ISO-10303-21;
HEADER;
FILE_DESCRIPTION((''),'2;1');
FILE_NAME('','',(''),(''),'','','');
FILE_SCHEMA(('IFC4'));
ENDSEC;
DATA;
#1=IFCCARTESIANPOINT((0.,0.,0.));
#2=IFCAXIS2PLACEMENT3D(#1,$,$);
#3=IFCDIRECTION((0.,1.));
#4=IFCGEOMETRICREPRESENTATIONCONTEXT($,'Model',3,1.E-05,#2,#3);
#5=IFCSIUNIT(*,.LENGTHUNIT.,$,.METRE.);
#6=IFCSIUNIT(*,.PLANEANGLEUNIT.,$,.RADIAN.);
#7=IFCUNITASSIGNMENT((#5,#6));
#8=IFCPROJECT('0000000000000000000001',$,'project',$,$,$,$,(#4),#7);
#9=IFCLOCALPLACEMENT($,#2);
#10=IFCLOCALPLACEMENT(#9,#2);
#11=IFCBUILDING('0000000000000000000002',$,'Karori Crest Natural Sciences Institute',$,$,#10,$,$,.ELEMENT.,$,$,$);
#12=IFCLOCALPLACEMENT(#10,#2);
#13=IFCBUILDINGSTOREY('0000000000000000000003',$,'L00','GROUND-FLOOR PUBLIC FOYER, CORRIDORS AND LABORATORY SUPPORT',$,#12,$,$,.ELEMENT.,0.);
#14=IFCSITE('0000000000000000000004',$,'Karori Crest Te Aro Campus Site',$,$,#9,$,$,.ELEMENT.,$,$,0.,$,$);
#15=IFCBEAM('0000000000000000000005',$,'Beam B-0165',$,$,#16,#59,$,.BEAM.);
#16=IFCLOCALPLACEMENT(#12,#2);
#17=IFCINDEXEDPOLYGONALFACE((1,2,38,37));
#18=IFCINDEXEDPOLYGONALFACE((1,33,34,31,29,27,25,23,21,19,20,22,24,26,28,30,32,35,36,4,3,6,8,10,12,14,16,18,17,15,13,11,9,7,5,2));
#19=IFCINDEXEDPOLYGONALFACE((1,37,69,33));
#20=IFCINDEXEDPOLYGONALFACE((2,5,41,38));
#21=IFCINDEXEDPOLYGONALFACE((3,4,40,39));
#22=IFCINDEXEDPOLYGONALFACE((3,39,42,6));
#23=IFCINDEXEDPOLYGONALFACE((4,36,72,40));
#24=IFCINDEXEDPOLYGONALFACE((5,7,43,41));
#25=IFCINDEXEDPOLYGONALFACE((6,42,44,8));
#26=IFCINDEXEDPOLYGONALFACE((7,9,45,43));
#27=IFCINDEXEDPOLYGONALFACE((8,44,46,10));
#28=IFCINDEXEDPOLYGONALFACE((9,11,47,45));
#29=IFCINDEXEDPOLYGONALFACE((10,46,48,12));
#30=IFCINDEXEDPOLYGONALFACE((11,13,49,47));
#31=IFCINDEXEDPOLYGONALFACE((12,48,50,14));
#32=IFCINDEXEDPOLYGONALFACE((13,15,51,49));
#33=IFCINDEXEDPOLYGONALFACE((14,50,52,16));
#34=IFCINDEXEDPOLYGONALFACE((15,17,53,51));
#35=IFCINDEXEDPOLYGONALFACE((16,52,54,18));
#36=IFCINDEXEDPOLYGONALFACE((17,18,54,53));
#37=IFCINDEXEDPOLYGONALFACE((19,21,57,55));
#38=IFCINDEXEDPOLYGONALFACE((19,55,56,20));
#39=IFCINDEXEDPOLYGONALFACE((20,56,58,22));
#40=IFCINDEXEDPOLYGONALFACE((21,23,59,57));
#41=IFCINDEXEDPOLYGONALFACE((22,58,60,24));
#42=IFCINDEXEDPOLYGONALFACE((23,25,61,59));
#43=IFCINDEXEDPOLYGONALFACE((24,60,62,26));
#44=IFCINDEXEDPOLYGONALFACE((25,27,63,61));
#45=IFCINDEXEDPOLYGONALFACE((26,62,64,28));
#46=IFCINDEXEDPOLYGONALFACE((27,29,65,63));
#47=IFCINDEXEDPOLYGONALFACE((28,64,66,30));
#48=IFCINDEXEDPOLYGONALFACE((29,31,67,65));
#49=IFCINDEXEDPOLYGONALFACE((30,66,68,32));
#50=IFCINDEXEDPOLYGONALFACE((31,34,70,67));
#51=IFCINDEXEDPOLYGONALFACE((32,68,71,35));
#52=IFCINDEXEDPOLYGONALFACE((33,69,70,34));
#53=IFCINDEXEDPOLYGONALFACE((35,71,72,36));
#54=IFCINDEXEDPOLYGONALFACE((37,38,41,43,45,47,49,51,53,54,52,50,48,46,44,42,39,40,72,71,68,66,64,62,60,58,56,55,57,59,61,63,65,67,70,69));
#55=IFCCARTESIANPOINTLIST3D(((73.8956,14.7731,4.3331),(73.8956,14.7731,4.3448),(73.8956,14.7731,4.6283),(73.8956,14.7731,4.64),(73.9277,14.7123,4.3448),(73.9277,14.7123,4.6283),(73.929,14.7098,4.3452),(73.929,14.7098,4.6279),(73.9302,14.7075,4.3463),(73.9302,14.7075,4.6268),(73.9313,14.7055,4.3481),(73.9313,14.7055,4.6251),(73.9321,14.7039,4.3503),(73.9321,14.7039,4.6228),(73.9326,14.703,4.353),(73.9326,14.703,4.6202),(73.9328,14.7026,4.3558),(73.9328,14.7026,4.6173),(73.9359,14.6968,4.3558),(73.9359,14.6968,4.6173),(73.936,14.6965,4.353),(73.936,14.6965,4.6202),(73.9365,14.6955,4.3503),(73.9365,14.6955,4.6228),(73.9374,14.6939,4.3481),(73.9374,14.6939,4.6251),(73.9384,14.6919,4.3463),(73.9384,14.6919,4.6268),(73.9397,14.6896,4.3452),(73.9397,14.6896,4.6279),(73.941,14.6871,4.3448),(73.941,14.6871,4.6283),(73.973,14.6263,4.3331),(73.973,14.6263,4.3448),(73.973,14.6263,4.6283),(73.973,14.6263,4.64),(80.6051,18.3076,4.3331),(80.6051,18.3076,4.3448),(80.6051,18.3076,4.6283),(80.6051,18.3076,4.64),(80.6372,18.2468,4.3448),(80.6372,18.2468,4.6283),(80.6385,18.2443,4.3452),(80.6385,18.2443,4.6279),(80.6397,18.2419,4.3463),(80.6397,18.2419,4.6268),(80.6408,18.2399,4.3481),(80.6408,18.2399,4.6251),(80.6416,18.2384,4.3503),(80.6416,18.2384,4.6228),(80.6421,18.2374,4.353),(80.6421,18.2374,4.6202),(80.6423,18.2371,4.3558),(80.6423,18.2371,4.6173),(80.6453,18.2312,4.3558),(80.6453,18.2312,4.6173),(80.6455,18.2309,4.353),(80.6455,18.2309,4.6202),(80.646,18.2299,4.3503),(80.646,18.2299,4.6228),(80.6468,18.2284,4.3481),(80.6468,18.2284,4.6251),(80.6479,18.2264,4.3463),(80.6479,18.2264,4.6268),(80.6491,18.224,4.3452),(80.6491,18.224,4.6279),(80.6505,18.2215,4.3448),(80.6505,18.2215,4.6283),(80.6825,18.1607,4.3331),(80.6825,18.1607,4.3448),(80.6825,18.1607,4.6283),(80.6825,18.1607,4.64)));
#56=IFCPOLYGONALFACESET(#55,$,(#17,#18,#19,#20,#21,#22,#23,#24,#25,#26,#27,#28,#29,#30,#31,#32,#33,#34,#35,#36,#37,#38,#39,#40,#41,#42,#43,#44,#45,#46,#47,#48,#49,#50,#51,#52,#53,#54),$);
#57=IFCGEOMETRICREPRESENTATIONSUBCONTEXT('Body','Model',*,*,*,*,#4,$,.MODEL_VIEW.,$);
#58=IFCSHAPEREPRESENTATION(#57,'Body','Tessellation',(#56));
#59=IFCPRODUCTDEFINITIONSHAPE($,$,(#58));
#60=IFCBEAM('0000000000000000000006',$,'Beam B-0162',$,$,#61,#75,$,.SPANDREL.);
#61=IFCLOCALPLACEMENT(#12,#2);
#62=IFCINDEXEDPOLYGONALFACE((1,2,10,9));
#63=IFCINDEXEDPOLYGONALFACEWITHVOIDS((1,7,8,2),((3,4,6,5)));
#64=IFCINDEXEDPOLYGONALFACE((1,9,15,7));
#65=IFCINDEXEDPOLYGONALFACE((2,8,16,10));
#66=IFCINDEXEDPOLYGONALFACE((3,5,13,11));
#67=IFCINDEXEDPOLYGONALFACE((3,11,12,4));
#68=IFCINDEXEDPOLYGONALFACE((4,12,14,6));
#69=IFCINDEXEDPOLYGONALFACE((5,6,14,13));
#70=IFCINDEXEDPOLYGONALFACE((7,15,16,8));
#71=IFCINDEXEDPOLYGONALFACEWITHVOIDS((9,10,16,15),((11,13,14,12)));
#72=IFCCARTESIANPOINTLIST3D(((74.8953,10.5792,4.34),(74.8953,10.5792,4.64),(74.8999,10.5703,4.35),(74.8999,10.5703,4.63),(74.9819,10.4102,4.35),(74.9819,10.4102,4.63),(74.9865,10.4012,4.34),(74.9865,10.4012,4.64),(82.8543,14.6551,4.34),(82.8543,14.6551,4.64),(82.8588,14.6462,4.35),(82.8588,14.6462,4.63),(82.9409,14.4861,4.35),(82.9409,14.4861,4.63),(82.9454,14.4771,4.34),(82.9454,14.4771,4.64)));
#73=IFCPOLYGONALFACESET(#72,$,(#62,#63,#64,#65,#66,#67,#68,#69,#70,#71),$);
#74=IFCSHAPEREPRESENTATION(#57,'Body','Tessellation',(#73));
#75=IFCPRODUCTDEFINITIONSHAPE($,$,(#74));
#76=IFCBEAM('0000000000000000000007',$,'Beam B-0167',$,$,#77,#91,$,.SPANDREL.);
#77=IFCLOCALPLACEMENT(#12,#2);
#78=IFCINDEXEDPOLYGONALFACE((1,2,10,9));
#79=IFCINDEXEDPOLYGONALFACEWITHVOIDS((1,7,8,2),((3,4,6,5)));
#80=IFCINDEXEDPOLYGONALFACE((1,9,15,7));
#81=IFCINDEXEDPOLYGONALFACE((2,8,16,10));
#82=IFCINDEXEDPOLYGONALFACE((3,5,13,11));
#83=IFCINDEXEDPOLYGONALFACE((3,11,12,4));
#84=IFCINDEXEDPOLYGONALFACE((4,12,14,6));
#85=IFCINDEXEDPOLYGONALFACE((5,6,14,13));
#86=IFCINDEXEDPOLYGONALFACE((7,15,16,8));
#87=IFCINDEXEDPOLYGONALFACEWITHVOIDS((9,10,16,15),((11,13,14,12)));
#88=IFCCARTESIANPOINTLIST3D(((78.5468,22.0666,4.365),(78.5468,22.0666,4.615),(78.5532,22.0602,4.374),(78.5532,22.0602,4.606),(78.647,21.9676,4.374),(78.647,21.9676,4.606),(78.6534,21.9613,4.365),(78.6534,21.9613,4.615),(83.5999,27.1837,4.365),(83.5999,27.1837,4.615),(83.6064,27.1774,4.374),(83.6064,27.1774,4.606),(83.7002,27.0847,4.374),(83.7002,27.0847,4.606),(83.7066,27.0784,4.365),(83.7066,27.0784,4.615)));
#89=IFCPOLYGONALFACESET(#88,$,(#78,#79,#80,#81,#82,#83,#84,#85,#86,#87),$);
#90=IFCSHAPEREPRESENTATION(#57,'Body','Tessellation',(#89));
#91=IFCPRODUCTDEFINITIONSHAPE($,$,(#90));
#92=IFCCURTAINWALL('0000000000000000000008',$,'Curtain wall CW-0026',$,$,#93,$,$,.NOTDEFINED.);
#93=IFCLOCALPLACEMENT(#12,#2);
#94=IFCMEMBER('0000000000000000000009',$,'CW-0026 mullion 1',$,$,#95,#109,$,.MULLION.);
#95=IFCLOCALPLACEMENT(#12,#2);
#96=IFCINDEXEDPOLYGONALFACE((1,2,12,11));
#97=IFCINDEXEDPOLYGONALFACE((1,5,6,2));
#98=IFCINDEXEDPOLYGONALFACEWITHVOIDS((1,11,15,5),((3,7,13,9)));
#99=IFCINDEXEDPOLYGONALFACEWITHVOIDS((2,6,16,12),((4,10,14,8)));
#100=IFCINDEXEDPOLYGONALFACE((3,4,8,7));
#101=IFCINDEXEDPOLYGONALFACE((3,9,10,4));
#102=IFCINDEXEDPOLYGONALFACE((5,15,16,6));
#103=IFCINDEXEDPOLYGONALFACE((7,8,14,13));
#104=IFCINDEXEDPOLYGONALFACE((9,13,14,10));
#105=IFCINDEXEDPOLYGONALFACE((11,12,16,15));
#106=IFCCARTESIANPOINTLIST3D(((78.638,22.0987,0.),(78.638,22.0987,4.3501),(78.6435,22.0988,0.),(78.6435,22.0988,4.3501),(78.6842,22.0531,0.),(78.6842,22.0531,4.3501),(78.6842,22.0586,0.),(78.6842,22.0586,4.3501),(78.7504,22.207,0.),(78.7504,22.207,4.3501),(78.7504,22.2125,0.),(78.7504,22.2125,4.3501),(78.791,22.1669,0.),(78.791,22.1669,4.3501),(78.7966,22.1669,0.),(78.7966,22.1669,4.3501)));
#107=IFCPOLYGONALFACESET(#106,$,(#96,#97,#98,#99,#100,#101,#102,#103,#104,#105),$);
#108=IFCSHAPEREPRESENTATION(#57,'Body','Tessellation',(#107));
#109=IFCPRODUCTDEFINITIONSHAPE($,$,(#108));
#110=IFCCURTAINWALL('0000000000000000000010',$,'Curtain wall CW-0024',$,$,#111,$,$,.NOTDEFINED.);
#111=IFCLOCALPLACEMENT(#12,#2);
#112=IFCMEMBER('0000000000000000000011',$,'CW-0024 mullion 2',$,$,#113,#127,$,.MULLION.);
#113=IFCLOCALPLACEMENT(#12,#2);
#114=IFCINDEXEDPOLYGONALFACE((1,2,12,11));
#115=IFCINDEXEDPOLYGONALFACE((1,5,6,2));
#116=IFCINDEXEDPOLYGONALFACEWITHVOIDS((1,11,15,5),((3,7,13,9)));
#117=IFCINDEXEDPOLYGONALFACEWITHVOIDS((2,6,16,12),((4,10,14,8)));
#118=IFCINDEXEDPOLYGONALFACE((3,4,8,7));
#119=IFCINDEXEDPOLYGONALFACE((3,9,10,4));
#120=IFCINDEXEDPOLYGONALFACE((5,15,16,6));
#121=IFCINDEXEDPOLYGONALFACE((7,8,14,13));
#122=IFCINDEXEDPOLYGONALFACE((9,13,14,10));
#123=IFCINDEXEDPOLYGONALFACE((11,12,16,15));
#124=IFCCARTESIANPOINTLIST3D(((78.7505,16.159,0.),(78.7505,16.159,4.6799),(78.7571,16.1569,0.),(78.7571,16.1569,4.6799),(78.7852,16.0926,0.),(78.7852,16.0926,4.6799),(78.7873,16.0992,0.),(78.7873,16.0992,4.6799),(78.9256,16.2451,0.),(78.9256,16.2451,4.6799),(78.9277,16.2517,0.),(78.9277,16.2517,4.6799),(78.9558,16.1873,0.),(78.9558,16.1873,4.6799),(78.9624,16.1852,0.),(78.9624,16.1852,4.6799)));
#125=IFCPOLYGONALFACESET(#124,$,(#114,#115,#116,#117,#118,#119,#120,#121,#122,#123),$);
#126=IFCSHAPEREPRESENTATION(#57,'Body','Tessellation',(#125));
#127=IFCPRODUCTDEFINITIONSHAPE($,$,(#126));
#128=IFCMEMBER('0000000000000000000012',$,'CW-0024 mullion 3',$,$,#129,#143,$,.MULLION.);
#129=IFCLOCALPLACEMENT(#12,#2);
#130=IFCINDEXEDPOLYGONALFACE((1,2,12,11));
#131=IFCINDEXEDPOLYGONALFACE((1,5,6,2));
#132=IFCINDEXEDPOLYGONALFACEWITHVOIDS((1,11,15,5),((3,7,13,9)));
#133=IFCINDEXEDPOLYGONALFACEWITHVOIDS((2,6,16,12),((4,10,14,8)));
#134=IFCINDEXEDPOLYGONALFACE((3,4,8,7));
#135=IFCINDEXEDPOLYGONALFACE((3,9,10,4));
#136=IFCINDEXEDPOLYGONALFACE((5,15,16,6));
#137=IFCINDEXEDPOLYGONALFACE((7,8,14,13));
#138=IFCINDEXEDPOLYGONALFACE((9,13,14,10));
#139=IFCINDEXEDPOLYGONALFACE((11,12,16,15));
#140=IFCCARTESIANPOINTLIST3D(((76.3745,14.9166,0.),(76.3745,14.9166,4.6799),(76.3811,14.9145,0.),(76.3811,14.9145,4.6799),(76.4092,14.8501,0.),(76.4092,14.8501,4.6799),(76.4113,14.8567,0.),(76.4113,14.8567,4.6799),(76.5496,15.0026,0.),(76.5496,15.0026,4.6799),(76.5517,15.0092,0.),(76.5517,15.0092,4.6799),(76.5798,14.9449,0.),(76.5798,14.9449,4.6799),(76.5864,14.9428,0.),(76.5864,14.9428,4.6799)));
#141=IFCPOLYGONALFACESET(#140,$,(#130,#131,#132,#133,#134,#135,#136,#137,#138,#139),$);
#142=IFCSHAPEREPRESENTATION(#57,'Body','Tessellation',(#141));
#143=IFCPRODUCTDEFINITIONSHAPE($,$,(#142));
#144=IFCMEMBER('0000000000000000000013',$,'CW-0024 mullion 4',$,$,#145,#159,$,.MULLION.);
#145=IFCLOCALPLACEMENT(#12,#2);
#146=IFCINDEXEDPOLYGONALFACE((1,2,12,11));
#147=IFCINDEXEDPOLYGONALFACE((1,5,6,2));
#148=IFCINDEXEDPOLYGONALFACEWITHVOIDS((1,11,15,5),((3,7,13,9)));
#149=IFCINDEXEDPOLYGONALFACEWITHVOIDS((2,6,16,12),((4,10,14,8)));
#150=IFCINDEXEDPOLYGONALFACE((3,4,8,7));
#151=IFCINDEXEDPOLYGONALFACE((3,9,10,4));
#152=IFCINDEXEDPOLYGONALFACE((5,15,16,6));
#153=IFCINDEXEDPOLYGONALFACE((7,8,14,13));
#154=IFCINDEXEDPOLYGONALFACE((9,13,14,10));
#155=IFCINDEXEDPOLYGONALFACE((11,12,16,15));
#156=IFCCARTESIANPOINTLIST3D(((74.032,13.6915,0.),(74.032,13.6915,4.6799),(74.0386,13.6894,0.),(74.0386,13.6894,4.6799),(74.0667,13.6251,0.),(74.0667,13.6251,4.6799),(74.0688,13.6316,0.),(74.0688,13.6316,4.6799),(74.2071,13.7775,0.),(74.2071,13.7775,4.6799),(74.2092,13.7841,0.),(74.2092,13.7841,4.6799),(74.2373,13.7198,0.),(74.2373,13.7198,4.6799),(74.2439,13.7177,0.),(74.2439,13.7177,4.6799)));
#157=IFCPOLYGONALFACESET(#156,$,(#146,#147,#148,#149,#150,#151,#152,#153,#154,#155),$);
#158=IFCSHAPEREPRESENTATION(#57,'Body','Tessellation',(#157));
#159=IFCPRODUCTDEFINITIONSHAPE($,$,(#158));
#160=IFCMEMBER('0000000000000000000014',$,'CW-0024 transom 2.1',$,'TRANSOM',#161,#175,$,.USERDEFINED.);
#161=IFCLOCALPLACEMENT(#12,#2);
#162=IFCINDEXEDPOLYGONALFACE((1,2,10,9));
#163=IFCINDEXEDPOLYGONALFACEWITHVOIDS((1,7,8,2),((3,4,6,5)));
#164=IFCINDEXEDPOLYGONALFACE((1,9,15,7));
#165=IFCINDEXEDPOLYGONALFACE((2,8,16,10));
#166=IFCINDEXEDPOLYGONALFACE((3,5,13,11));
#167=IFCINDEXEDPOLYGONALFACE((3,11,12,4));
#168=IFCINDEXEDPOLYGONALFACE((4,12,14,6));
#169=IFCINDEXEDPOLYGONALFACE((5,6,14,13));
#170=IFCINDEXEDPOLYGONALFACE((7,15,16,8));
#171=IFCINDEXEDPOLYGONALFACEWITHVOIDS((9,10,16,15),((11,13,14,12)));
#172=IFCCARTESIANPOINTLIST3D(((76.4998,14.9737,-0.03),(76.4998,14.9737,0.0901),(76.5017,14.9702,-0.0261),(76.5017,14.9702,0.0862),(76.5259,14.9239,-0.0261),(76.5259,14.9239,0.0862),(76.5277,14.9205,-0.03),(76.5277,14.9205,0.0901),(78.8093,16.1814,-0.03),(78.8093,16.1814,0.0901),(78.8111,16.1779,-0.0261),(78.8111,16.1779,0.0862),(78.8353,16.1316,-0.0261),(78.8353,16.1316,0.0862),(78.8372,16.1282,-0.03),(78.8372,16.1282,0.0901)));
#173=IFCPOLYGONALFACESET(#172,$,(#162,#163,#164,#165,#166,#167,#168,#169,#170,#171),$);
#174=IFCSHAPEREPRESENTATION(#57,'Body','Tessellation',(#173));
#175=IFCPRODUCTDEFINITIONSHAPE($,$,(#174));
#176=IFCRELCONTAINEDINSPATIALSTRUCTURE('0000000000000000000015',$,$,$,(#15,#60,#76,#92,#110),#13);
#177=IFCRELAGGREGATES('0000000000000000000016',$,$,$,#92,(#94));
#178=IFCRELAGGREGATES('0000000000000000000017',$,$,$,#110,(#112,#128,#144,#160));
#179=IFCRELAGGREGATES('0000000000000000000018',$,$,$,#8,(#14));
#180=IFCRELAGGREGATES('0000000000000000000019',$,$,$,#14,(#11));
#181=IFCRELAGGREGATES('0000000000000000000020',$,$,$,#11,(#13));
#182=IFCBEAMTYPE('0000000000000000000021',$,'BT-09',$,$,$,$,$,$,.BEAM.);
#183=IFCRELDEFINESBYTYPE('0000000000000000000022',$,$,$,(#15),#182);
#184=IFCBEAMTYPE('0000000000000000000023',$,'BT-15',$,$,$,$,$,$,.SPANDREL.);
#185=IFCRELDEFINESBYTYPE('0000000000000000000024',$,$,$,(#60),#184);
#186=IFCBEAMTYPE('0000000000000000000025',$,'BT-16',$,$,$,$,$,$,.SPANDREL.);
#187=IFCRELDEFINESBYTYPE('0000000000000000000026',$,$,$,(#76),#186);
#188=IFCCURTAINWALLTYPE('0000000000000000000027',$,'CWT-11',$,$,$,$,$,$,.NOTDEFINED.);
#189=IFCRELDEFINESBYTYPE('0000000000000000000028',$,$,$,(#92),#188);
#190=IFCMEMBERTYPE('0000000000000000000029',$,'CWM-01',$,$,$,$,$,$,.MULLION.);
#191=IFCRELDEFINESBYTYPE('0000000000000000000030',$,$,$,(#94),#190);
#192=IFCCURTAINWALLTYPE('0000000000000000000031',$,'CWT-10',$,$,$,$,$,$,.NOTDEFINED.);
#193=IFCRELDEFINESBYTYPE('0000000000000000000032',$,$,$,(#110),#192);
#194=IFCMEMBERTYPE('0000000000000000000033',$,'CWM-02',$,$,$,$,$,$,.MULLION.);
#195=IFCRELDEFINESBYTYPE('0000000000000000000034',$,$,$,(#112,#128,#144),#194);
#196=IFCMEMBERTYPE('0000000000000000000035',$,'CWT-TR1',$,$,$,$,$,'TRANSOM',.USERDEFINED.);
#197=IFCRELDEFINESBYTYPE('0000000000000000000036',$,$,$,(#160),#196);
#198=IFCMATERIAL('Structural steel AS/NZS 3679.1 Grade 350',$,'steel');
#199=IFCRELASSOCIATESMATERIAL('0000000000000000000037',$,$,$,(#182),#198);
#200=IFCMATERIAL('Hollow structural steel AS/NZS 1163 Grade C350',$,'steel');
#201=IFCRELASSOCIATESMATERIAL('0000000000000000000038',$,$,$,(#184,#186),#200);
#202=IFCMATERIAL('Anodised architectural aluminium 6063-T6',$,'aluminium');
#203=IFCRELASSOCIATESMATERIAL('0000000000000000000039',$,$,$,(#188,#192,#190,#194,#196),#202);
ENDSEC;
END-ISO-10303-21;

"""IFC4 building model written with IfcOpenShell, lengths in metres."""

from ifc_helpers import new_model, si_unit, direction, frame, origin, origin_2d, place, context, subcontext, project, spatial, hollow_rectangle, i_section, extrude, material, material_profile, profile_set, type_object, element, aggregate, save


model = new_model("IFC4")

# Units and contexts
model_context = context("Model", 3, precision=1e-05, world=origin(), true_north=direction((0.0, 1.0)))
body_context = subcontext(model_context, "Body", "Model", "MODEL_VIEW")
ifc_project = project(units=[si_unit("LENGTHUNIT", "METRE"), si_unit("PLANEANGLEUNIT", "RADIAN")], contexts=[model_context])

# Site, building, storey
site_placement = place(None, origin())
site = spatial("IfcSite", under=ifc_project, at=site_placement, Name="Karori Crest Te Aro Campus Site", CompositionType="ELEMENT", RefElevation=0.0)
building_placement = place(site_placement, origin())
building = spatial("IfcBuilding", under=site, at=building_placement, Name="Karori Crest Natural Sciences Institute", CompositionType="ELEMENT")
storey_placement = place(building_placement, origin())
storey = spatial("IfcBuildingStorey", under=building, at=storey_placement, Name="L00", Description="GROUND-FLOOR PUBLIC FOYER, CORRIDORS AND LABORATORY SUPPORT", CompositionType="ELEMENT", Elevation=0.0)

# Shared definitions
ifc_material_1 = material(Name="Hollow structural steel AS/NZS 1163 Grade C350", Category="steel")

# Beams
ifc_material_2 = material(Name="Structural steel AS/NZS 3679.1 Grade 350", Category="steel")
ifc_material_profile_1 = material_profile(ifc_material_2, i_section(OverallWidth=0.166, OverallDepth=0.3069, WebThickness=0.0066, FlangeThickness=0.0117, FilletRadius=0.011, at=origin_2d()), Name="310UB46.2")
ifc_profile_set_1 = profile_set([ifc_material_profile_1], Name="Structural steel AS/NZS 3679.1 Grade 350")
beam_type_1 = type_object("IfcBeamType", Name="BT-09", PredefinedType="BEAM", material=ifc_profile_set_1)
beam_1_placement = place(storey_placement, frame((73.9343, 14.6997, 4.4866), z_axis=(0.884748, 0.466069, 0.0), x_axis=(-0.466069, 0.884748, 0.0)))
element("IfcBeam", 1, at=beam_1_placement, inside=storey, type_object=beam_type_1, Name="Beam B-0165", PredefinedType="BEAM", context=body_context, shape_type="SweptSolid", body=[
    extrude(i_section(OverallWidth=0.166, OverallDepth=0.3069, WebThickness=0.0066, FlangeThickness=0.0117, FilletRadius=0.011, at=origin_2d()), origin(), (0.0, 0.0, 1.0), 7.5835),
])
ifc_material_profile_2 = material_profile(ifc_material_1, hollow_rectangle(XDim=0.2, YDim=0.3, WallThickness=0.01, at=origin_2d()), Name="RHS300x200x10")
ifc_profile_set_2 = profile_set([ifc_material_profile_2], Name="Hollow structural steel AS/NZS 1163 Grade C350")
beam_type_2 = type_object("IfcBeamType", Name="BT-15", PredefinedType="SPANDREL", material=ifc_profile_set_2)
beam_2_placement = place(storey_placement, frame((74.9409, 10.4902, 4.49), z_axis=(0.890072, 0.45582, 0.0), x_axis=(-0.45582, 0.890072, 0.0)))
element("IfcBeam", 2, at=beam_2_placement, inside=storey, type_object=beam_type_2, Name="Beam B-0162", PredefinedType="SPANDREL", context=body_context, shape_type="SweptSolid", body=[
    extrude(hollow_rectangle(XDim=0.2, YDim=0.3, WallThickness=0.01, at=origin_2d()), origin(), (0.0, 0.0, 1.0), 8.9419),
])
ifc_material_profile_3 = material_profile(ifc_material_1, hollow_rectangle(XDim=0.1499, YDim=0.25, WallThickness=0.009, at=origin_2d()), Name="RHS250x150x9")
ifc_profile_set_3 = profile_set([ifc_material_profile_3], Name="Hollow structural steel AS/NZS 1163 Grade C350")
beam_type_3 = type_object("IfcBeamType", Name="BT-16", PredefinedType="SPANDREL", material=ifc_profile_set_3)
beam_3_placement = place(storey_placement, frame((78.6001, 22.0139, 4.49), z_axis=(0.702646, 0.71154, 0.0), x_axis=(-0.71154, 0.702646, 0.0)))
element("IfcBeam", 3, at=beam_3_placement, inside=storey, type_object=beam_type_3, Name="Beam B-0167", PredefinedType="SPANDREL", context=body_context, shape_type="SweptSolid", body=[
    extrude(hollow_rectangle(XDim=0.1499, YDim=0.25, WallThickness=0.009, at=origin_2d()), origin(), (0.0, 0.0, 1.0), 7.1917),
])

# Curtain wall, member
ifc_material_3 = material(Name="Anodised architectural aluminium 6063-T6", Category="aluminium")
curtain_wall_type_1 = type_object("IfcCurtainWallType", Name="CWT-11", PredefinedType="NOTDEFINED", material=ifc_material_3)
curtain_wall_1_placement = place(storey_placement, origin())
curtain_wall_1 = element("IfcCurtainWall", 4, at=curtain_wall_1_placement, inside=storey, type_object=curtain_wall_type_1, Name="Curtain wall CW-0026", PredefinedType="NOTDEFINED")
ifc_material_profile_4 = material_profile(ifc_material_3, hollow_rectangle(XDim=0.0649, YDim=0.1599, WallThickness=0.0039, at=origin_2d()), Name="CWM160x65x4")
ifc_profile_set_4 = profile_set([ifc_material_profile_4], Name="Anodised architectural aluminium 6063-T6")
member_type_1 = type_object("IfcMemberType", Name="CWM-01", PredefinedType="MULLION", material=ifc_profile_set_4)
member_1_placement = place(storey_placement, frame((78.7173, 22.1328, 0.0), z_axis=(0.0, 0.0, 1.0), x_axis=(-0.711529, 0.702656, 0.0)))
member_1 = element("IfcMember", 5, at=member_1_placement, type_object=member_type_1, Name="CW-0026 mullion 1", PredefinedType="MULLION", context=body_context, shape_type="SweptSolid", body=[
    extrude(hollow_rectangle(XDim=0.0649, YDim=0.1599, WallThickness=0.0039, at=origin_2d()), origin(), (0.0, 0.0, 1.0), 4.3501),
])

# Curtain wall, members
curtain_wall_type_2 = type_object("IfcCurtainWallType", Name="CWT-10", PredefinedType="NOTDEFINED", material=ifc_material_3)
curtain_wall_2_placement = place(storey_placement, origin())
curtain_wall_2 = element("IfcCurtainWall", 6, at=curtain_wall_2_placement, inside=storey, type_object=curtain_wall_type_2, Name="Curtain wall CW-0024", PredefinedType="NOTDEFINED")
ifc_material_profile_5 = material_profile(ifc_material_3, hollow_rectangle(XDim=0.075, YDim=0.2, WallThickness=0.0049, at=origin_2d()), Name="CWM200x75x5")
ifc_profile_set_5 = profile_set([ifc_material_profile_5], Name="Anodised architectural aluminium 6063-T6")
member_type_2 = type_object("IfcMemberType", Name="CWM-02", PredefinedType="MULLION", material=ifc_profile_set_5)
member_2_placement = place(storey_placement, frame((78.8564, 16.1721, 0.0), z_axis=(0.0, 0.0, 1.0), x_axis=(0.463426, -0.886136, 0.0)))
member_2 = element("IfcMember", 7, at=member_2_placement, type_object=member_type_2, Name="CW-0024 mullion 2", PredefinedType="MULLION", context=body_context, shape_type="SweptSolid", body=[
    extrude(hollow_rectangle(XDim=0.075, YDim=0.2, WallThickness=0.0049, at=origin_2d()), origin(), (0.0, 0.0, 1.0), 4.6799),
])
member_3_placement = place(storey_placement, frame((76.4805, 14.9297, 0.0), z_axis=(0.0, 0.0, 1.0), x_axis=(0.463426, -0.886136, 0.0)))
member_3 = element("IfcMember", 8, at=member_3_placement, type_object=member_type_2, Name="CW-0024 mullion 3", PredefinedType="MULLION", context=body_context, shape_type="SweptSolid", body=[
    extrude(hollow_rectangle(XDim=0.075, YDim=0.2, WallThickness=0.0049, at=origin_2d()), origin(), (0.0, 0.0, 1.0), 4.6799),
])
member_4_placement = place(storey_placement, frame((74.1379, 13.7046, 0.0), z_axis=(0.0, 0.0, 1.0), x_axis=(0.463426, -0.886136, 0.0)))
member_4 = element("IfcMember", 9, at=member_4_placement, type_object=member_type_2, Name="CW-0024 mullion 4", PredefinedType="MULLION", context=body_context, shape_type="SweptSolid", body=[
    extrude(hollow_rectangle(XDim=0.075, YDim=0.2, WallThickness=0.0049, at=origin_2d()), origin(), (0.0, 0.0, 1.0), 4.6799),
])
ifc_material_profile_6 = material_profile(ifc_material_3, hollow_rectangle(XDim=0.0601, YDim=0.1201, WallThickness=0.0039, at=origin_2d()), Name="CWT120x60x4")
ifc_profile_set_6 = profile_set([ifc_material_profile_6], Name="Anodised architectural aluminium 6063-T6")
member_type_3 = type_object("IfcMemberType", Name="CWT-TR1", ElementType="TRANSOM", PredefinedType="USERDEFINED", material=ifc_profile_set_6)
member_5_placement = place(storey_placement, frame((78.8232, 16.1548, 0.03), z_axis=(-0.886149, -0.463401, 0.0), x_axis=(0.463401, -0.886149, 0.0)))
member_5 = element("IfcMember", 10, at=member_5_placement, type_object=member_type_3, Name="CW-0024 transom 2.1", ObjectType="TRANSOM", PredefinedType="USERDEFINED", context=body_context, shape_type="SweptSolid", body=[
    extrude(hollow_rectangle(XDim=0.0601, YDim=0.1201, WallThickness=0.0039, at=origin_2d()), origin(), (0.0, 0.0, 1.0), 2.6062),
])

aggregate(curtain_wall_1, [member_1])

aggregate(curtain_wall_2, [member_2, member_3, member_4, member_5])

save(model, "model.ifc")
